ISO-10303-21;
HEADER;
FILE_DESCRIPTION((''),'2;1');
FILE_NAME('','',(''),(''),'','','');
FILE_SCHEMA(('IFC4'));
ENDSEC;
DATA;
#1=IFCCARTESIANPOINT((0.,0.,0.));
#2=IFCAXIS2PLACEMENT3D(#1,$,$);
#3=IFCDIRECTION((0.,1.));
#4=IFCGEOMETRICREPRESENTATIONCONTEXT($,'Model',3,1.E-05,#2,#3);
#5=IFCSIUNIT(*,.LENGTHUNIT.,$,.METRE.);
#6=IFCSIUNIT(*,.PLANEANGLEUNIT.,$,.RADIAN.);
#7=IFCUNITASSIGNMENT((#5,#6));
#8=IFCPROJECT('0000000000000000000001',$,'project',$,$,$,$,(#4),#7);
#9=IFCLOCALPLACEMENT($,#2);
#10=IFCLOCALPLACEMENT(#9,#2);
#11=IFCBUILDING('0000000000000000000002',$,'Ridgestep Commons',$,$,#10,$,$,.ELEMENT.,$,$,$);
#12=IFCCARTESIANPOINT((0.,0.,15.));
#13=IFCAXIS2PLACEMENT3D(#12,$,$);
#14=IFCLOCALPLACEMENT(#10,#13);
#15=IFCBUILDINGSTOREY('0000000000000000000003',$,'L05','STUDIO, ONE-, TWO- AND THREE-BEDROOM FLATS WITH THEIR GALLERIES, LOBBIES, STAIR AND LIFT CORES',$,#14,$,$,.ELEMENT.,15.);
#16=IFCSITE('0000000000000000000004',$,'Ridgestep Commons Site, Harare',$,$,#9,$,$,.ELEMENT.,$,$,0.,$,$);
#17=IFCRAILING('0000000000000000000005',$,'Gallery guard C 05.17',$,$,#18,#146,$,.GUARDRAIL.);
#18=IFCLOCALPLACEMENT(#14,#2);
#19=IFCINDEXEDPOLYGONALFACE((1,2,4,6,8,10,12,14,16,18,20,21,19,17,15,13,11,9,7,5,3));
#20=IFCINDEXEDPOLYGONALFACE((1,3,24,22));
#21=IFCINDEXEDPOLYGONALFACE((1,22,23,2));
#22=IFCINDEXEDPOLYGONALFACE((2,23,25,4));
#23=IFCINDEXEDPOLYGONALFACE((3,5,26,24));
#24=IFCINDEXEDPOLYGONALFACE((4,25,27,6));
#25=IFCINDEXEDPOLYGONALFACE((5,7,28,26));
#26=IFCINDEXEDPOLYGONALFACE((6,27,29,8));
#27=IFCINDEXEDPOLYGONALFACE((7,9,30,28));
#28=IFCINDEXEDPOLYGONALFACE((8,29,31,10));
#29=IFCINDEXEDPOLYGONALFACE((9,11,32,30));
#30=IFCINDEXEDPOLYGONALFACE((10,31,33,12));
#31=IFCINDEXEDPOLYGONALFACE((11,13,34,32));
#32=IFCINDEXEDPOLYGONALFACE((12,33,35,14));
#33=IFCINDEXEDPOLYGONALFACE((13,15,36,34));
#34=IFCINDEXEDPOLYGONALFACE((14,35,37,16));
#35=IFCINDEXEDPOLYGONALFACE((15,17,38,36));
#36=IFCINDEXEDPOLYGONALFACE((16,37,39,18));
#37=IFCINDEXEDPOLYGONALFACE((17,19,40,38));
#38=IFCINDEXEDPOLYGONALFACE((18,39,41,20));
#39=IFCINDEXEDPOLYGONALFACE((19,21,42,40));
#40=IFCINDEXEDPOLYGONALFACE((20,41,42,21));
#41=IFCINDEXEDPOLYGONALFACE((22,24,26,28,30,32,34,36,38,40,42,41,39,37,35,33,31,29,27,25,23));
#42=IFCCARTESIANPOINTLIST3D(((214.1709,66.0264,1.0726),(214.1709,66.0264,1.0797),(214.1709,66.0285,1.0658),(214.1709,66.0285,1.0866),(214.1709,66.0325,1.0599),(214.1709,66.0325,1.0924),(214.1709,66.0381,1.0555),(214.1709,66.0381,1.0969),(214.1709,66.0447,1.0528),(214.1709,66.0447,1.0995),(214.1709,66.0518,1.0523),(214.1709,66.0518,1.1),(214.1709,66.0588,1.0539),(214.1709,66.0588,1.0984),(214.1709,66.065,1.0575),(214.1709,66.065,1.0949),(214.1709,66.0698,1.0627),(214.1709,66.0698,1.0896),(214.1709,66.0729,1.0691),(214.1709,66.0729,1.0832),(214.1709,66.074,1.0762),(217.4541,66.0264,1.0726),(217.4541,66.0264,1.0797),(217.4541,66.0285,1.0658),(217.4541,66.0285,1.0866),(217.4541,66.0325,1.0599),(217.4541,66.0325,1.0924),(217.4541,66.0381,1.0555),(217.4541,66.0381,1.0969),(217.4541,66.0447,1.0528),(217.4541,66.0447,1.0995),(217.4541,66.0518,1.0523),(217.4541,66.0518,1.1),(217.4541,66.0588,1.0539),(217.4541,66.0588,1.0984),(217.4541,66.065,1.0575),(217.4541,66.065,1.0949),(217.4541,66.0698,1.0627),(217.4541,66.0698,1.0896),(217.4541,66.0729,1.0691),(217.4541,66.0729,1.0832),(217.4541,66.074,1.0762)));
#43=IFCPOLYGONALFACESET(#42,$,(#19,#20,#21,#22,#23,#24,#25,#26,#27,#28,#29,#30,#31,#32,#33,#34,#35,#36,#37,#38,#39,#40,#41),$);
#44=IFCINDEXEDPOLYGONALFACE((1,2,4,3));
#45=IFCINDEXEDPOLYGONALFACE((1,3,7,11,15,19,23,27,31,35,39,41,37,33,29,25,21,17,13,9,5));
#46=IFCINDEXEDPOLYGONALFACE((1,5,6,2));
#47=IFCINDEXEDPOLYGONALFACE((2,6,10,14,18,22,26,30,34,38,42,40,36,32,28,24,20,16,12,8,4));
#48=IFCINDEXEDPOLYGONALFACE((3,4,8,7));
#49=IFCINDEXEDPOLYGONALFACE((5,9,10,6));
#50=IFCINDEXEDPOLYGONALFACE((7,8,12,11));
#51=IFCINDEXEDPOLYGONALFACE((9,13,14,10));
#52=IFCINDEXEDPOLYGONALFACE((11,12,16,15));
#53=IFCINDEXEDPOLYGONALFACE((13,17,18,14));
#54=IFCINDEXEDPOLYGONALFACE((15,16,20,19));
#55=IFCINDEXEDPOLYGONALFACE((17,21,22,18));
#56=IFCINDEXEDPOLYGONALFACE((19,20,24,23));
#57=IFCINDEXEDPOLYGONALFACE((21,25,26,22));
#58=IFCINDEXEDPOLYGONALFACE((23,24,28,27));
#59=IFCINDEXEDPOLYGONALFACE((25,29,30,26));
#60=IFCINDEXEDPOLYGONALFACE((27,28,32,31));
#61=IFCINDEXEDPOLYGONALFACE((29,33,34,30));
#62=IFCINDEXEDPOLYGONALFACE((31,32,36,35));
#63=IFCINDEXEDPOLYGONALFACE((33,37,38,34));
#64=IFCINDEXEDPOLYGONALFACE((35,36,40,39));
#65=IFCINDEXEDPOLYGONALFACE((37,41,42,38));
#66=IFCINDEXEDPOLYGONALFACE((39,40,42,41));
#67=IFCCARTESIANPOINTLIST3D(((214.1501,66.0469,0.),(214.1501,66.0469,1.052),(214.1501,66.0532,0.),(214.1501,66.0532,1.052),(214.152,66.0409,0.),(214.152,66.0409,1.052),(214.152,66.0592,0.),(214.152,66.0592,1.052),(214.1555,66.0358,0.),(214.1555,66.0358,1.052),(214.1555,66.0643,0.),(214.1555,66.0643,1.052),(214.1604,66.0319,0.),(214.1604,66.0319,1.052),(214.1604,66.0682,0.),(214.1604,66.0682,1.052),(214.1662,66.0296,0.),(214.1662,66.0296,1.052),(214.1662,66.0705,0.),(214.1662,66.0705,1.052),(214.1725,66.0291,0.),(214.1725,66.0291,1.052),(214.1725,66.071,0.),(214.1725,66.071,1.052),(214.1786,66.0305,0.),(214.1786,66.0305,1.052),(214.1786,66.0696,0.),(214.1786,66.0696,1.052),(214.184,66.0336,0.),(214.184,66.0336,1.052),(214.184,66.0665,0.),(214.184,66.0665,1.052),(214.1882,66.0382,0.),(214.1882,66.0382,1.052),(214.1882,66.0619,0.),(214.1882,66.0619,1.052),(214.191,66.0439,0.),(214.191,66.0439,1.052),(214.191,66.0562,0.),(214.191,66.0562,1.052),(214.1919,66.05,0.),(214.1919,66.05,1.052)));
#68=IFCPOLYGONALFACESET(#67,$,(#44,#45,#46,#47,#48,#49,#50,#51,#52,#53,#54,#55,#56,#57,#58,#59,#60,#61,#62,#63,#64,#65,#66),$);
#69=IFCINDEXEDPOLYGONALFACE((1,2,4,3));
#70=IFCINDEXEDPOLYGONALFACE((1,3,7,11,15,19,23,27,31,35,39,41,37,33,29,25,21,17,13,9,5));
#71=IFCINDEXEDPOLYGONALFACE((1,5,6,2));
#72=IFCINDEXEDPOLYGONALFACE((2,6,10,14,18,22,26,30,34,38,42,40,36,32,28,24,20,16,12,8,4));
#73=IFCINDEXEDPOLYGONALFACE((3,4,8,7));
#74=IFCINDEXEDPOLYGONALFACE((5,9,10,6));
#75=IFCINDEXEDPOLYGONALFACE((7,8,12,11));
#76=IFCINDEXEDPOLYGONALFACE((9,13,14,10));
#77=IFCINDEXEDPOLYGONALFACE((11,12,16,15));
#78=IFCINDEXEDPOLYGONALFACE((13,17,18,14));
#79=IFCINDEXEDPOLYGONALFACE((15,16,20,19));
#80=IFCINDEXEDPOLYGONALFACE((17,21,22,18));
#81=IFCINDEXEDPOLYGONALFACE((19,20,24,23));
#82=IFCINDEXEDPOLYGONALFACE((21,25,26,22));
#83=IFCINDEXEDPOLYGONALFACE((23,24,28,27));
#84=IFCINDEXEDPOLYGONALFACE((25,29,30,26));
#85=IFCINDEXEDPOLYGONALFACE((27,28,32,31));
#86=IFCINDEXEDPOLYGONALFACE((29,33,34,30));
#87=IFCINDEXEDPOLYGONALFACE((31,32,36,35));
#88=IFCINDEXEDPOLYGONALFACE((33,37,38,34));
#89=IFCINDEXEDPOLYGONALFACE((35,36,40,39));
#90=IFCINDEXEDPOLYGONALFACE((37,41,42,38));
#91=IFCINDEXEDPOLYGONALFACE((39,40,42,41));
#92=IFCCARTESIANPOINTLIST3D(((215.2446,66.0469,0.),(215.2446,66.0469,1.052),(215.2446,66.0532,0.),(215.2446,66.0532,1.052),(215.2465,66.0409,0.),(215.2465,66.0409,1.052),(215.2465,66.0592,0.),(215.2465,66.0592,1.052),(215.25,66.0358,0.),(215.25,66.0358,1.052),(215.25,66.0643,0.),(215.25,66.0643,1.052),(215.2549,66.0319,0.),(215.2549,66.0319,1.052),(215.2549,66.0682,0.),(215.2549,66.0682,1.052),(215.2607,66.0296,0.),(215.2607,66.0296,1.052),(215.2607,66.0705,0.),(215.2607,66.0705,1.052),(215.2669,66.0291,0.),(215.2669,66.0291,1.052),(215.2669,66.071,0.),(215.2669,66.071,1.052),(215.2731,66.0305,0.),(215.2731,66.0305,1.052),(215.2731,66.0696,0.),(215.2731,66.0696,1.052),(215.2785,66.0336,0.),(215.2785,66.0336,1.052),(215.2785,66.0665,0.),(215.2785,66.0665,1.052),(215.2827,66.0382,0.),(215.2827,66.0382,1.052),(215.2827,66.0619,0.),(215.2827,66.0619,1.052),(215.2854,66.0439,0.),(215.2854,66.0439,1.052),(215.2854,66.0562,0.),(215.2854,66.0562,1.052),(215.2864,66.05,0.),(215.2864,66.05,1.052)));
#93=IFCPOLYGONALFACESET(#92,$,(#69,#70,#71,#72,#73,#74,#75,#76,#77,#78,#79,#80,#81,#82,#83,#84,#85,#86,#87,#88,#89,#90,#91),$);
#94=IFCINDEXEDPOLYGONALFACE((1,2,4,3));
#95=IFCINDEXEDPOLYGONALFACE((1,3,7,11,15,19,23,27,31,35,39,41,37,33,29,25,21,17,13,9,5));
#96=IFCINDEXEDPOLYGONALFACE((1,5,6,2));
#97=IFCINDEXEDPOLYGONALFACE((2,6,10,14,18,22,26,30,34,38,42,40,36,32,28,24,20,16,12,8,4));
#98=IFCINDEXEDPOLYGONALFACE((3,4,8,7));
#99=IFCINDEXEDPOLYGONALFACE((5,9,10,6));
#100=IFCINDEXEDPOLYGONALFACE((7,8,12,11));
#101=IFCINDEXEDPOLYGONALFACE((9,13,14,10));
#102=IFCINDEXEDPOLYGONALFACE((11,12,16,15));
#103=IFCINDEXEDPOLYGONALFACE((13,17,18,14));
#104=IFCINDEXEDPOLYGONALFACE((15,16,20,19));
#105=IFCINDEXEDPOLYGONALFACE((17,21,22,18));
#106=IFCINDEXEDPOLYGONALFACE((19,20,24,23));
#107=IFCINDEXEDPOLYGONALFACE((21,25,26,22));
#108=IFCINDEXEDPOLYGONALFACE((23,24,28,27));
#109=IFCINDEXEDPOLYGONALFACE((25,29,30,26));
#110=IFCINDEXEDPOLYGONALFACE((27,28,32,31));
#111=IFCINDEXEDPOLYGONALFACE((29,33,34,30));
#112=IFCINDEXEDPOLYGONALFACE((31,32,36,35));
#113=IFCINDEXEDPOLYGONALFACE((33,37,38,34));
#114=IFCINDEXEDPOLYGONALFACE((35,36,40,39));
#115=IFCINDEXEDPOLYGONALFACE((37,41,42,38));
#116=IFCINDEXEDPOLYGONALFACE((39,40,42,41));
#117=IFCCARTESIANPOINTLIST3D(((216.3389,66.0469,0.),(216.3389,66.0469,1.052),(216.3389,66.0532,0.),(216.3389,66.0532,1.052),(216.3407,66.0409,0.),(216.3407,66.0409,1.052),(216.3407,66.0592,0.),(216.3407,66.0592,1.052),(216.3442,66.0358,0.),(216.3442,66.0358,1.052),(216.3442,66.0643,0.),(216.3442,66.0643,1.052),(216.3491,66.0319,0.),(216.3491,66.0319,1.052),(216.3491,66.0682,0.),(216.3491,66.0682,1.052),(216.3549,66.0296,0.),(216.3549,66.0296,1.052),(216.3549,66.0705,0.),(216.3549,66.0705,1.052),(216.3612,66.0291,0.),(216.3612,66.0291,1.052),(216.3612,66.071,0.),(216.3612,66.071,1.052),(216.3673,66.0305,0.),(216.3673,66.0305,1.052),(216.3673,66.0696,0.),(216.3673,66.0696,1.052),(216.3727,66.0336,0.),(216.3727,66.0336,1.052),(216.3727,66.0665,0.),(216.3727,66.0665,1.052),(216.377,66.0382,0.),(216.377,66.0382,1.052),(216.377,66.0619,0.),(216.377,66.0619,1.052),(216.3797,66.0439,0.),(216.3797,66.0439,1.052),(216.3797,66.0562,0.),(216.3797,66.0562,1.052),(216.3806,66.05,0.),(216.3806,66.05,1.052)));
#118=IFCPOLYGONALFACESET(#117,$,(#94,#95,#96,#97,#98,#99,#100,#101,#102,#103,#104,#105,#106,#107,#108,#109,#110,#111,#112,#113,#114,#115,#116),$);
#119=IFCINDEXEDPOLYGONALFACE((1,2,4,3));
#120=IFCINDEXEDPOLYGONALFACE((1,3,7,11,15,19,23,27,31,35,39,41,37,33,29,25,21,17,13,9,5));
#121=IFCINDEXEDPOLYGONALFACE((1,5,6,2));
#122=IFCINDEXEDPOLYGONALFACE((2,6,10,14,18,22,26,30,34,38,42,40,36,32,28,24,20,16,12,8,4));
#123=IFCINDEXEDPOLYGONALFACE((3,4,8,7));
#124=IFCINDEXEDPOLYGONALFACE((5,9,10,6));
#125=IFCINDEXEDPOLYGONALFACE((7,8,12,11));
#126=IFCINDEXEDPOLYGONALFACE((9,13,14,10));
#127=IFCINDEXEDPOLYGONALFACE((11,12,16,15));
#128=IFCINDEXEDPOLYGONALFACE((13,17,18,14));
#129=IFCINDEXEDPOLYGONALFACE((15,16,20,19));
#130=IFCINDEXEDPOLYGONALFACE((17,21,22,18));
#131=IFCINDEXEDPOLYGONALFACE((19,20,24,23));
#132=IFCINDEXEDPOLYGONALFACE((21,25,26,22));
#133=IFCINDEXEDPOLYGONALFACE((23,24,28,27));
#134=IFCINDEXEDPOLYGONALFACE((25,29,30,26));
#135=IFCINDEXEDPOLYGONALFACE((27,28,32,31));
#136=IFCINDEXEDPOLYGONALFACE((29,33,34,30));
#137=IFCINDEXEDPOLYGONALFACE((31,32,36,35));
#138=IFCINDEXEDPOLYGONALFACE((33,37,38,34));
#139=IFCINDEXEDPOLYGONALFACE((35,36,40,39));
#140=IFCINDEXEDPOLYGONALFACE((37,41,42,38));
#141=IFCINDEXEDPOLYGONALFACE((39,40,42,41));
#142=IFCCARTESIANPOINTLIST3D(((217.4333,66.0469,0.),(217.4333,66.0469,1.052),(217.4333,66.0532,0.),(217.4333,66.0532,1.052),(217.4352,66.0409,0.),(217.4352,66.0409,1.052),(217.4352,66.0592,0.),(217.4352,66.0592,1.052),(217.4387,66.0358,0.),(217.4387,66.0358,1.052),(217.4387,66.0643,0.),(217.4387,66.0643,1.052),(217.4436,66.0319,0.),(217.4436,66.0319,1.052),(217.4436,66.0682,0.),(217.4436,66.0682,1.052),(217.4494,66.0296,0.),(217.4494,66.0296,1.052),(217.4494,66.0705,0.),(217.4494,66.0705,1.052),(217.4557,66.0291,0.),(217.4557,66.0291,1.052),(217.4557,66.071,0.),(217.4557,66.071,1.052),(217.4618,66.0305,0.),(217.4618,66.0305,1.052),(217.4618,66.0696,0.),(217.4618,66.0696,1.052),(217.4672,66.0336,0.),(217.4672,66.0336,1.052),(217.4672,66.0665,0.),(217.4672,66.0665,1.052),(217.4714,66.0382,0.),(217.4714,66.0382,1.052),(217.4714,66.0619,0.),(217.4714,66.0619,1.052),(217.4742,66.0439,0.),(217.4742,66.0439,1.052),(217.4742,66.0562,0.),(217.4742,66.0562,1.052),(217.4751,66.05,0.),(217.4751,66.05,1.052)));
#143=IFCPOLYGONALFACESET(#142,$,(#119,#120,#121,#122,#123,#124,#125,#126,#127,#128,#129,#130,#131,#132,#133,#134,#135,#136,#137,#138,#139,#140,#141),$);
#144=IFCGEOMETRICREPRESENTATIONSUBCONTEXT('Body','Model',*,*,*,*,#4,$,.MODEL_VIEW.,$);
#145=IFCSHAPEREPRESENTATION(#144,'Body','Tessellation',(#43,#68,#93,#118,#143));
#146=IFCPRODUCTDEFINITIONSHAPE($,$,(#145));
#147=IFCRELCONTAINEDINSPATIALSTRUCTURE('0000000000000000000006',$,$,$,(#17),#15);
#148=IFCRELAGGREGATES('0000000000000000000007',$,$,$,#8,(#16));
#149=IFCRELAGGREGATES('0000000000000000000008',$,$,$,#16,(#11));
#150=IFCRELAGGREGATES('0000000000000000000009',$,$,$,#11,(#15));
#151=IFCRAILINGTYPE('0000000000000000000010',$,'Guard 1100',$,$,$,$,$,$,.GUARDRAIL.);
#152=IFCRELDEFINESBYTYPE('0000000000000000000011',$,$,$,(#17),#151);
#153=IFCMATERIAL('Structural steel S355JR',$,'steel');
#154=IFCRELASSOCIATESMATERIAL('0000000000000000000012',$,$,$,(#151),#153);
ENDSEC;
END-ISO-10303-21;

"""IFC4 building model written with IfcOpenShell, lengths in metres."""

from ifc_helpers import new_model, si_unit, direction, frame, origin, origin_2d, place, context, subcontext, project, spatial, circle, extrude, material, type_object, element, save


model = new_model("IFC4")

# Units and contexts
model_context = context("Model", 3, precision=1e-05, world=origin(), true_north=direction((0.0, 1.0)))
body_context = subcontext(model_context, "Body", "Model", "MODEL_VIEW")
ifc_project = project(units=[si_unit("LENGTHUNIT", "METRE"), si_unit("PLANEANGLEUNIT", "RADIAN")], contexts=[model_context])

# Site, building, storey
site_placement = place(None, origin())
site = spatial("IfcSite", under=ifc_project, at=site_placement, Name="Ridgestep Commons Site, Harare", CompositionType="ELEMENT", RefElevation=0.0)
building_placement = place(site_placement, origin())
building = spatial("IfcBuilding", under=site, at=building_placement, Name="Ridgestep Commons", CompositionType="ELEMENT")
storey_placement = place(building_placement, frame((0.0, 0.0, 15.0)))
storey = spatial("IfcBuildingStorey", under=building, at=storey_placement, Name="L05", Description="STUDIO, ONE-, TWO- AND THREE-BEDROOM FLATS WITH THEIR GALLERIES, LOBBIES, STAIR AND LIFT CORES", CompositionType="ELEMENT", Elevation=15.0)

# Railing
ifc_material_1 = material(Name="Structural steel S355JR", Category="steel")
railing_type = type_object("IfcRailingType", Name="Guard 1100", PredefinedType="GUARDRAIL", material=ifc_material_1)
railing_1_placement = place(storey_placement, frame((214.1709, 66.05, 0.0)))
element("IfcRailing", 1, at=railing_1_placement, inside=storey, type_object=railing_type, Name="Gallery guard C 05.17", PredefinedType="GUARDRAIL", context=body_context, shape_type="SweptSolid", body=[
    extrude(circle(Radius=0.0239, at=origin_2d()), frame((0.0, 0.0, 1.0762), z_axis=(1.0, 0.0, 0.0), x_axis=(0.0, 1.0, 0.0)), (0.0, 0.0, 1.0), 3.2832),
    extrude(circle(Radius=0.021, at=origin_2d()), origin(), (0.0, 0.0, 1.0), 1.052),
    extrude(circle(Radius=0.021, at=origin_2d()), frame((1.0945, 0.0, 0.0)), (0.0, 0.0, 1.0), 1.052),
    extrude(circle(Radius=0.021, at=origin_2d()), frame((2.1887, 0.0, 0.0)), (0.0, 0.0, 1.0), 1.052),
    extrude(circle(Radius=0.021, at=origin_2d()), frame((3.2832, 0.0, 0.0)), (0.0, 0.0, 1.0), 1.052),
])

save(model, "model.ifc")
